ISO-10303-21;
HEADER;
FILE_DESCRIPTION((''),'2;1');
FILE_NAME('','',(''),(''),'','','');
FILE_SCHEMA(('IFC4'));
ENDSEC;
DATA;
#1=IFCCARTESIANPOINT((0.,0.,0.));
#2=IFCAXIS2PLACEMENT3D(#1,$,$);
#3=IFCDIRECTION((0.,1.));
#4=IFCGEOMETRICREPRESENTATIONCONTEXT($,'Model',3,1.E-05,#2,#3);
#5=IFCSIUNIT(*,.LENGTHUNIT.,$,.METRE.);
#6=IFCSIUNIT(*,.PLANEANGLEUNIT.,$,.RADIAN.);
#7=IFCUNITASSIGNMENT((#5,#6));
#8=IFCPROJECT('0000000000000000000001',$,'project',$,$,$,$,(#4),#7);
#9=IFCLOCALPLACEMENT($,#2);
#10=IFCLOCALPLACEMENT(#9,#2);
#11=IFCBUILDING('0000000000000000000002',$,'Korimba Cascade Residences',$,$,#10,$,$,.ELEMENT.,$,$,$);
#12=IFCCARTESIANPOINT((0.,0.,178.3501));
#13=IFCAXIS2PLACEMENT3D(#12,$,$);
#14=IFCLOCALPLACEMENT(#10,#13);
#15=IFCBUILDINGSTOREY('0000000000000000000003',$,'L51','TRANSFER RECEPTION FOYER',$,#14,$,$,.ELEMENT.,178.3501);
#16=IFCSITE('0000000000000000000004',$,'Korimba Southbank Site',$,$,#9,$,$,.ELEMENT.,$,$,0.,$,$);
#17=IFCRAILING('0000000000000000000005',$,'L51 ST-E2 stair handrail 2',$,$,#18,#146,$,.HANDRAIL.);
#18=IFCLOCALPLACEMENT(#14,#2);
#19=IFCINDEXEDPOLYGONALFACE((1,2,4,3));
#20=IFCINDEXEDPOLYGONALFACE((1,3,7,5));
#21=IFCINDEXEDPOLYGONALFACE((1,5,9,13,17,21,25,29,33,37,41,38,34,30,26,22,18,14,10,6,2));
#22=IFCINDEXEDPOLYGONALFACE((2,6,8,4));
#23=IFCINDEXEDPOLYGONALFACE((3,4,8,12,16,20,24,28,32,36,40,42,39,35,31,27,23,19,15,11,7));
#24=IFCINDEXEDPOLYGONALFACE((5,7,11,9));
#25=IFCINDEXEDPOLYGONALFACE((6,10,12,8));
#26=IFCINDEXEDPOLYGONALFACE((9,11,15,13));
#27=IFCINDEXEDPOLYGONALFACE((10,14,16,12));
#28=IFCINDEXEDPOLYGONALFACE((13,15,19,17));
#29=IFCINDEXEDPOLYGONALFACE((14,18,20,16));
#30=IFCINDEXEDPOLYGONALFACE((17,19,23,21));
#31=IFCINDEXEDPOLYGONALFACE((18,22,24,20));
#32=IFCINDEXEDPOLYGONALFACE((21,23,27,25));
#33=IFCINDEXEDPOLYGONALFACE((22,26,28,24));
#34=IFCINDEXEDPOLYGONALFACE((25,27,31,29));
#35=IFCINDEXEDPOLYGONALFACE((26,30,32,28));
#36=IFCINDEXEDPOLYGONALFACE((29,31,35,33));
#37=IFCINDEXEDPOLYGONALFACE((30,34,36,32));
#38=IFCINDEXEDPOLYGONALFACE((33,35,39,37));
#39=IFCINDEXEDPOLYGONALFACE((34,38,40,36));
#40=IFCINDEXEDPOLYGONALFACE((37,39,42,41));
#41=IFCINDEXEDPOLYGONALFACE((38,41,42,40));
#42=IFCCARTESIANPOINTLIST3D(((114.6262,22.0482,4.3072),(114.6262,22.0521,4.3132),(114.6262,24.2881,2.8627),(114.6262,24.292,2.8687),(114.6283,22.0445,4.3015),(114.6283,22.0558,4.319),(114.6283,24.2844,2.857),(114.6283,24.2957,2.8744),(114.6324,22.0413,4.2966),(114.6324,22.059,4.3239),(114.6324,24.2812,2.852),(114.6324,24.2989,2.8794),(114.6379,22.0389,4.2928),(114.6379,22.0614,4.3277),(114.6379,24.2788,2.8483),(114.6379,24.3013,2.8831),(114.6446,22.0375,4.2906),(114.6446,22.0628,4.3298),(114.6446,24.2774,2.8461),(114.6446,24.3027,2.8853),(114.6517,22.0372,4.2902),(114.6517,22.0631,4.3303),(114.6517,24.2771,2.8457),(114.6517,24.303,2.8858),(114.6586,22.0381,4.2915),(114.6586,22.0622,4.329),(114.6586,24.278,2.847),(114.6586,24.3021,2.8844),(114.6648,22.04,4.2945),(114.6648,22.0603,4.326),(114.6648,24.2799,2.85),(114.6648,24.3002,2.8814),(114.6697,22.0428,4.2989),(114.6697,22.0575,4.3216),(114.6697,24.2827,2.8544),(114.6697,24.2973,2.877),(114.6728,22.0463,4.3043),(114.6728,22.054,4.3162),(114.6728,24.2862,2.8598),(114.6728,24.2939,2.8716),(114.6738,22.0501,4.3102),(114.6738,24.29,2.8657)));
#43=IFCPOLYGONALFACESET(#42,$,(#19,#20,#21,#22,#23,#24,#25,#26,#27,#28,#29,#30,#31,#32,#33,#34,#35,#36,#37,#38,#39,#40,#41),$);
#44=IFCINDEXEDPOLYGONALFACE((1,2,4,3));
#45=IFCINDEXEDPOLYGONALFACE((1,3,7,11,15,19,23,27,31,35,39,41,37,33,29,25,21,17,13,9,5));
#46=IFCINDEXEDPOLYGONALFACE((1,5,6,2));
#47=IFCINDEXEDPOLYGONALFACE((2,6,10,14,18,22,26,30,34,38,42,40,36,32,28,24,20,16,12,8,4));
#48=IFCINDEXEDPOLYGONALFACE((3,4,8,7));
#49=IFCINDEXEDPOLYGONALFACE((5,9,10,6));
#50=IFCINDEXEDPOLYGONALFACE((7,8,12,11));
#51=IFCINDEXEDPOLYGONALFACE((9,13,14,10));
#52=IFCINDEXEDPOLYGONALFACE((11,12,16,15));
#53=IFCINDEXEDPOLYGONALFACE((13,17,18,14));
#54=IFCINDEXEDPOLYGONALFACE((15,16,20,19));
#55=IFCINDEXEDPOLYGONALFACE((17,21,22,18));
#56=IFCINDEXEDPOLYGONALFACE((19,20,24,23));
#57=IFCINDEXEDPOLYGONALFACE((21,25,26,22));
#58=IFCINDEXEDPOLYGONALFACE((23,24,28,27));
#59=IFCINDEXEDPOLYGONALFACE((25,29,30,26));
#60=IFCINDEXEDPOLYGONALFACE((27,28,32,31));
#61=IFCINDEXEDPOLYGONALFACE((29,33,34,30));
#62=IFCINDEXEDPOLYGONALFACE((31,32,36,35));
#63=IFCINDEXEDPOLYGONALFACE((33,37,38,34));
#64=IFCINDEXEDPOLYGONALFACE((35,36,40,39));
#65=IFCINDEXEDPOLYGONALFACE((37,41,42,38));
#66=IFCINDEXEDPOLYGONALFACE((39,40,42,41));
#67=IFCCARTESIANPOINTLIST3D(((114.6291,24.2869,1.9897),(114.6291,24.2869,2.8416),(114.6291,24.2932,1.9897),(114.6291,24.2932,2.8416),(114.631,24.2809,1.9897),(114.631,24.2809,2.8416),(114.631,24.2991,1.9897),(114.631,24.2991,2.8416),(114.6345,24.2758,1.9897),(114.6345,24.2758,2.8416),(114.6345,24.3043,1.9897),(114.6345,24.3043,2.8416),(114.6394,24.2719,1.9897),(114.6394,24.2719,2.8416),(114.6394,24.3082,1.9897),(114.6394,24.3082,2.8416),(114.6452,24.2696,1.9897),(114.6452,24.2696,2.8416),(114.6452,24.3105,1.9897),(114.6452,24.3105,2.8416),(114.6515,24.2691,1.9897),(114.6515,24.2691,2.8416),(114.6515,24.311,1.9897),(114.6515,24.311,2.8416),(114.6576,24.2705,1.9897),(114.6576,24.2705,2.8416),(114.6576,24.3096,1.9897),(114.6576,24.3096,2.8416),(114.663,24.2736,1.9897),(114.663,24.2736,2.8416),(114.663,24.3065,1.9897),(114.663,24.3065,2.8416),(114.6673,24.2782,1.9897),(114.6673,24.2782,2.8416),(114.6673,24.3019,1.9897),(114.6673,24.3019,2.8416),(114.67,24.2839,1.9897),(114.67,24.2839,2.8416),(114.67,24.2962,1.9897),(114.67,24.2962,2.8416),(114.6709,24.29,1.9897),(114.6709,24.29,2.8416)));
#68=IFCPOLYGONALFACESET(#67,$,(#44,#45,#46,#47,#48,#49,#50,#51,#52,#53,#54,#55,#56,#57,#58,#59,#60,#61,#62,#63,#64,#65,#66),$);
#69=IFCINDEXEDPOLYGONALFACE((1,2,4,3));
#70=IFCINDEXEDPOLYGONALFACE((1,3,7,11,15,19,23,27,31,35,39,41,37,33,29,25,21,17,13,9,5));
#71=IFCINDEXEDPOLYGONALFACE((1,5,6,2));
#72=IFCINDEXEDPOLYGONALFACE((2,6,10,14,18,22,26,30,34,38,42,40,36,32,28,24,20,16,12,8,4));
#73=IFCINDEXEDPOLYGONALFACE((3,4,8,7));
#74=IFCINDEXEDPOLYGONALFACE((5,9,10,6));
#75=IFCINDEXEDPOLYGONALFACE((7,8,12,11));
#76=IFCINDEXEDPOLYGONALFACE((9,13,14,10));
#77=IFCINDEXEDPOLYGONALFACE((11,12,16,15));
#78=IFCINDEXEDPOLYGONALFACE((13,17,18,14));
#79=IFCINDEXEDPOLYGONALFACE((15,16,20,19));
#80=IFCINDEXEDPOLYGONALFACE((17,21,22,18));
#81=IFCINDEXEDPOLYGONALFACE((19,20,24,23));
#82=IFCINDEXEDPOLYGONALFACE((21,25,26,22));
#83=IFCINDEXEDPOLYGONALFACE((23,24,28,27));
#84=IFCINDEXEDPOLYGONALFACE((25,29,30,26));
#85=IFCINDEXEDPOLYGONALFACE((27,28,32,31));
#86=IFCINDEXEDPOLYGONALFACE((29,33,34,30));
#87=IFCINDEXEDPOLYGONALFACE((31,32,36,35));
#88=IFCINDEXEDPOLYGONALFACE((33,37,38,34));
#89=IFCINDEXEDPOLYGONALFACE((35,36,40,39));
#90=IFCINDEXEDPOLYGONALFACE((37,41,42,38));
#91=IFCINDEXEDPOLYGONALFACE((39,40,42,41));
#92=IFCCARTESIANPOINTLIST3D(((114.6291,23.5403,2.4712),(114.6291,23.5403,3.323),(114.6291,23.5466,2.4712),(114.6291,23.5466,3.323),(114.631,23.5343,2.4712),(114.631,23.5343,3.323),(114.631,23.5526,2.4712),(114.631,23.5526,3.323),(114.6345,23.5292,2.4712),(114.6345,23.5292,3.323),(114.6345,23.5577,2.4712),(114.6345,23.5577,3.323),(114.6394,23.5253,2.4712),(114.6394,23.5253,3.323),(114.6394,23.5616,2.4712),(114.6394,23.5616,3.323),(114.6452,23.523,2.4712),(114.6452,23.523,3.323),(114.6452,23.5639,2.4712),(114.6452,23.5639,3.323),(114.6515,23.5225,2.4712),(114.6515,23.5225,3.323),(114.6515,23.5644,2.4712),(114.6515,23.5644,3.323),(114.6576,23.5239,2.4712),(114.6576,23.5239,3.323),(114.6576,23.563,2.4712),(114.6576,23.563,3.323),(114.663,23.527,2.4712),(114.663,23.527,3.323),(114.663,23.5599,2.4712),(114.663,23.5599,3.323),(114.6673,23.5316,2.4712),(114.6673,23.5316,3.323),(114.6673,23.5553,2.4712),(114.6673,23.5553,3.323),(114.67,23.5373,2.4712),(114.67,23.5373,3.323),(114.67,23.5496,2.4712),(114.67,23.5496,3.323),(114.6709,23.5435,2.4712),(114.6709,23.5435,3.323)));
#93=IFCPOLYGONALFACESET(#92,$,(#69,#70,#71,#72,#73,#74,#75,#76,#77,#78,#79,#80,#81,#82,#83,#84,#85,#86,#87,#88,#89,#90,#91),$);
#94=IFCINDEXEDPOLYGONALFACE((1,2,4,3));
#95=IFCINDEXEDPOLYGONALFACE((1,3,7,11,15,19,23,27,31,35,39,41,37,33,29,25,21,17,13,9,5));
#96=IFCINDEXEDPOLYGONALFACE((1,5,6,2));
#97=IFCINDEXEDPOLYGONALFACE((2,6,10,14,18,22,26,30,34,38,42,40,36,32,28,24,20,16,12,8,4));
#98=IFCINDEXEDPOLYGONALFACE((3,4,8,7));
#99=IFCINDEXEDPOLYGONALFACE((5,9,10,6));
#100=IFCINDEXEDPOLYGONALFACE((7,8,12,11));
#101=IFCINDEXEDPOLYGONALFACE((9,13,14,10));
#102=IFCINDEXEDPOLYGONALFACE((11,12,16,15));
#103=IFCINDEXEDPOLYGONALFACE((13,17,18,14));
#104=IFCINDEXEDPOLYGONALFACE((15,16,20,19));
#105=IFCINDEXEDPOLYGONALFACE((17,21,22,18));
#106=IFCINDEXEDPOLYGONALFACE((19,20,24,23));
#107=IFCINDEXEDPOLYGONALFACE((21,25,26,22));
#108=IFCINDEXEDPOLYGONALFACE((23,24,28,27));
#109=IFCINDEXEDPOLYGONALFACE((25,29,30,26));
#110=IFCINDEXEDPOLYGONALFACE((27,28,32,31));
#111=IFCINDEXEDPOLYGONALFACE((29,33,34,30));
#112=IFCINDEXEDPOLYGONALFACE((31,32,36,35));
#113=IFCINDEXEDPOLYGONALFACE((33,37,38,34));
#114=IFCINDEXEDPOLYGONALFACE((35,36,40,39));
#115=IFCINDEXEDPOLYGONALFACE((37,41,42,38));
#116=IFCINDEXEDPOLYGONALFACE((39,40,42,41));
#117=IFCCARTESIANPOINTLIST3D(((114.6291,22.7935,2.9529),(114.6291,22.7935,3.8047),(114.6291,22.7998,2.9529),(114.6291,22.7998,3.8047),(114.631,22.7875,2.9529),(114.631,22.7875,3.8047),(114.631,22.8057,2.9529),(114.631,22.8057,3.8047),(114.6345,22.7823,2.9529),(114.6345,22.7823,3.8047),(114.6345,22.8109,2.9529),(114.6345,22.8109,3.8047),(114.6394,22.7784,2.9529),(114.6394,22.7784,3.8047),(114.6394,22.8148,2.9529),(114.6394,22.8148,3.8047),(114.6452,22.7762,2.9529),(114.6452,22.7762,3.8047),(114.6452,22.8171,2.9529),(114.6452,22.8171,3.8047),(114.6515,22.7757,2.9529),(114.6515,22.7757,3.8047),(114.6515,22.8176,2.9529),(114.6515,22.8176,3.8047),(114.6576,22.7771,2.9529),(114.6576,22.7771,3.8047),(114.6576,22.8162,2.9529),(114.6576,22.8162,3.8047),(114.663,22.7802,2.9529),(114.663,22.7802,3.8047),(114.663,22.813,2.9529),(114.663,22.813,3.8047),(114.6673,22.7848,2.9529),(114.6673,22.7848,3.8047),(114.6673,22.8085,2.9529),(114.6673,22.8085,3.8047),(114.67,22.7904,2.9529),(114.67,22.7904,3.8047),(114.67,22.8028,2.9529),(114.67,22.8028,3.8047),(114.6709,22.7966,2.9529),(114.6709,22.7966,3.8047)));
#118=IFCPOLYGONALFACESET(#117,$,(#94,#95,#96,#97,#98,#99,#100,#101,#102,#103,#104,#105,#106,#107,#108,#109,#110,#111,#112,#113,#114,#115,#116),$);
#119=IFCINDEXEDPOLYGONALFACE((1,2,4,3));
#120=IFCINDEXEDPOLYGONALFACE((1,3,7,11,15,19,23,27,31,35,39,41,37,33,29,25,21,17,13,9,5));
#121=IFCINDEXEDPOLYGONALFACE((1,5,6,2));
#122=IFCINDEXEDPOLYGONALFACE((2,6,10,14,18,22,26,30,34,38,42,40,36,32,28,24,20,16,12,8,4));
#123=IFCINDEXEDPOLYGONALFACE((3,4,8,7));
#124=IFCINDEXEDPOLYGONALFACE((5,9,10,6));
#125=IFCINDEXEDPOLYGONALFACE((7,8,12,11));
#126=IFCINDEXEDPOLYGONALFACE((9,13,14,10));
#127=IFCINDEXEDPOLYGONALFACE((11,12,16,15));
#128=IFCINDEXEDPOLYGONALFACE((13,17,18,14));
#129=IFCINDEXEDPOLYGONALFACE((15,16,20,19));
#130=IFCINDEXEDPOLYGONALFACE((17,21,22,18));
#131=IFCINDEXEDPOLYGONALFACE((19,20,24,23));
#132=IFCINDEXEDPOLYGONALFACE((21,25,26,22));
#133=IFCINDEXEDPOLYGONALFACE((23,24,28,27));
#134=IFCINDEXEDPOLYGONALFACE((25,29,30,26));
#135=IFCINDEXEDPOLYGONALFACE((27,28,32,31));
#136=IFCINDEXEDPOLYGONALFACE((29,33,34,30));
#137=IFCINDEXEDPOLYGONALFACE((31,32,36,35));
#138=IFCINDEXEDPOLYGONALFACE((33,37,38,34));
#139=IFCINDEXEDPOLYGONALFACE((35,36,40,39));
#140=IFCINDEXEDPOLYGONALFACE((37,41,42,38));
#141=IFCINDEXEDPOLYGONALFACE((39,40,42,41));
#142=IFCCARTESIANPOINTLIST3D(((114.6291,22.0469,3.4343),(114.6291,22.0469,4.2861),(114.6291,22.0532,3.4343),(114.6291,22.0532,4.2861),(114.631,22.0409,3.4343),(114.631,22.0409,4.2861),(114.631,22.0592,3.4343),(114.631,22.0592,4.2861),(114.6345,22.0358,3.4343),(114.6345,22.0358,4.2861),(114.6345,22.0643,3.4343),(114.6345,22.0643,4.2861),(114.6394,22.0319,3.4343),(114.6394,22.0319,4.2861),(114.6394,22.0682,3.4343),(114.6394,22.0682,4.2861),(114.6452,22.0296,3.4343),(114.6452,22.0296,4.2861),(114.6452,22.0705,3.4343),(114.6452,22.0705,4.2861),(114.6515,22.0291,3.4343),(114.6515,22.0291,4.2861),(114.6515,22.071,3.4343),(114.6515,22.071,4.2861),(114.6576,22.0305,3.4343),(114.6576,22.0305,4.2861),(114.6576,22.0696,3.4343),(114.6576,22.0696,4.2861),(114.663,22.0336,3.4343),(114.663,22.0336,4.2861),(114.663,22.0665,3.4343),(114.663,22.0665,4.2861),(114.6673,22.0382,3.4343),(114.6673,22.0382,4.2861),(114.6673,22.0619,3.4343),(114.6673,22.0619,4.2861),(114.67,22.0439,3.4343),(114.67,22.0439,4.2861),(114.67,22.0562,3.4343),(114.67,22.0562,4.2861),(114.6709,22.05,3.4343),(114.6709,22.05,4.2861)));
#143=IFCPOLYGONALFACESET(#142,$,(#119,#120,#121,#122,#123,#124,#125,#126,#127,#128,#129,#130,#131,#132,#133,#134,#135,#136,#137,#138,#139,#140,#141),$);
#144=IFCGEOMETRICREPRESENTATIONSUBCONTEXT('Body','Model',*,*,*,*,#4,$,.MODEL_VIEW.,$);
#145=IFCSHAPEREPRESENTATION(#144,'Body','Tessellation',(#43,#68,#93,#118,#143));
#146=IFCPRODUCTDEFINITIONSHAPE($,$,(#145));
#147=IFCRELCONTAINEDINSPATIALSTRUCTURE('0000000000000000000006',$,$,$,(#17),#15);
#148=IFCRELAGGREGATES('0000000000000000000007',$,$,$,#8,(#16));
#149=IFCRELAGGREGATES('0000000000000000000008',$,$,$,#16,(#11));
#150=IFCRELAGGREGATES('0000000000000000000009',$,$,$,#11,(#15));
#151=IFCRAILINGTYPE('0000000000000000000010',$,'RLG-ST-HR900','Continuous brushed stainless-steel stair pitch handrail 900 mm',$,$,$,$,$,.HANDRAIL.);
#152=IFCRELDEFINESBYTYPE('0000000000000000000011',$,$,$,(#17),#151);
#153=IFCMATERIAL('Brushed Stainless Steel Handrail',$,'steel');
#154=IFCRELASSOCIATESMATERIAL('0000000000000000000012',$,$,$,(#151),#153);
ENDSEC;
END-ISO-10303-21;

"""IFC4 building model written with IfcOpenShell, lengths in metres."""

from ifc_helpers import new_model, si_unit, direction, frame, origin, origin_2d, place, context, subcontext, project, spatial, circle, extrude, material, type_object, element, save


model = new_model("IFC4")

# Units and contexts
model_context = context("Model", 3, precision=1e-05, world=origin(), true_north=direction((0.0, 1.0)))
body_context = subcontext(model_context, "Body", "Model", "MODEL_VIEW")
ifc_project = project(units=[si_unit("LENGTHUNIT", "METRE"), si_unit("PLANEANGLEUNIT", "RADIAN")], contexts=[model_context])

# Site, building, storey
site_placement = place(None, origin())
site = spatial("IfcSite", under=ifc_project, at=site_placement, Name="Korimba Southbank Site", CompositionType="ELEMENT", RefElevation=0.0)
building_placement = place(site_placement, origin())
building = spatial("IfcBuilding", under=site, at=building_placement, Name="Korimba Cascade Residences", CompositionType="ELEMENT")
storey_placement = place(building_placement, frame((0.0, 0.0, 178.3501)))
storey = spatial("IfcBuildingStorey", under=building, at=storey_placement, Name="L51", Description="TRANSFER RECEPTION FOYER", CompositionType="ELEMENT", Elevation=178.3501)

# Railing
ifc_material_1 = material(Name="Brushed Stainless Steel Handrail", Category="steel")
railing_type_1 = type_object("IfcRailingType", Name="RLG-ST-HR900", Description="Continuous brushed stainless-steel stair pitch handrail 900 mm", PredefinedType="HANDRAIL", material=ifc_material_1)
railing_1_placement = place(storey_placement, frame((114.6499, 24.29, 1.9897)))
element("IfcRailing", 1, at=railing_1_placement, inside=storey, type_object=railing_type_1, Name="L51 ST-E2 stair handrail 2", PredefinedType="HANDRAIL", context=body_context, shape_type="SweptSolid", body=[
    extrude(circle(Radius=0.0239, at=origin_2d()), frame((0.0, 0.0, 0.876), z_axis=(0.0, -0.840395, 0.541975), x_axis=(1.0, 0.0, 0.0)), (0.0, 0.0, 1.0), 2.6653),
    extrude(circle(Radius=0.021, at=origin_2d()), origin(), (0.0, 0.0, 1.0), 0.8518),
    extrude(circle(Radius=0.021, at=origin_2d()), frame((0.0, -0.7466, 0.4814)), (0.0, 0.0, 1.0), 0.8518),
    extrude(circle(Radius=0.021, at=origin_2d()), frame((0.0, -1.4934, 0.9631)), (0.0, 0.0, 1.0), 0.8518),
    extrude(circle(Radius=0.021, at=origin_2d()), frame((0.0, -2.24, 1.4446)), (0.0, 0.0, 1.0), 0.8518),
])

save(model, "model.ifc")
